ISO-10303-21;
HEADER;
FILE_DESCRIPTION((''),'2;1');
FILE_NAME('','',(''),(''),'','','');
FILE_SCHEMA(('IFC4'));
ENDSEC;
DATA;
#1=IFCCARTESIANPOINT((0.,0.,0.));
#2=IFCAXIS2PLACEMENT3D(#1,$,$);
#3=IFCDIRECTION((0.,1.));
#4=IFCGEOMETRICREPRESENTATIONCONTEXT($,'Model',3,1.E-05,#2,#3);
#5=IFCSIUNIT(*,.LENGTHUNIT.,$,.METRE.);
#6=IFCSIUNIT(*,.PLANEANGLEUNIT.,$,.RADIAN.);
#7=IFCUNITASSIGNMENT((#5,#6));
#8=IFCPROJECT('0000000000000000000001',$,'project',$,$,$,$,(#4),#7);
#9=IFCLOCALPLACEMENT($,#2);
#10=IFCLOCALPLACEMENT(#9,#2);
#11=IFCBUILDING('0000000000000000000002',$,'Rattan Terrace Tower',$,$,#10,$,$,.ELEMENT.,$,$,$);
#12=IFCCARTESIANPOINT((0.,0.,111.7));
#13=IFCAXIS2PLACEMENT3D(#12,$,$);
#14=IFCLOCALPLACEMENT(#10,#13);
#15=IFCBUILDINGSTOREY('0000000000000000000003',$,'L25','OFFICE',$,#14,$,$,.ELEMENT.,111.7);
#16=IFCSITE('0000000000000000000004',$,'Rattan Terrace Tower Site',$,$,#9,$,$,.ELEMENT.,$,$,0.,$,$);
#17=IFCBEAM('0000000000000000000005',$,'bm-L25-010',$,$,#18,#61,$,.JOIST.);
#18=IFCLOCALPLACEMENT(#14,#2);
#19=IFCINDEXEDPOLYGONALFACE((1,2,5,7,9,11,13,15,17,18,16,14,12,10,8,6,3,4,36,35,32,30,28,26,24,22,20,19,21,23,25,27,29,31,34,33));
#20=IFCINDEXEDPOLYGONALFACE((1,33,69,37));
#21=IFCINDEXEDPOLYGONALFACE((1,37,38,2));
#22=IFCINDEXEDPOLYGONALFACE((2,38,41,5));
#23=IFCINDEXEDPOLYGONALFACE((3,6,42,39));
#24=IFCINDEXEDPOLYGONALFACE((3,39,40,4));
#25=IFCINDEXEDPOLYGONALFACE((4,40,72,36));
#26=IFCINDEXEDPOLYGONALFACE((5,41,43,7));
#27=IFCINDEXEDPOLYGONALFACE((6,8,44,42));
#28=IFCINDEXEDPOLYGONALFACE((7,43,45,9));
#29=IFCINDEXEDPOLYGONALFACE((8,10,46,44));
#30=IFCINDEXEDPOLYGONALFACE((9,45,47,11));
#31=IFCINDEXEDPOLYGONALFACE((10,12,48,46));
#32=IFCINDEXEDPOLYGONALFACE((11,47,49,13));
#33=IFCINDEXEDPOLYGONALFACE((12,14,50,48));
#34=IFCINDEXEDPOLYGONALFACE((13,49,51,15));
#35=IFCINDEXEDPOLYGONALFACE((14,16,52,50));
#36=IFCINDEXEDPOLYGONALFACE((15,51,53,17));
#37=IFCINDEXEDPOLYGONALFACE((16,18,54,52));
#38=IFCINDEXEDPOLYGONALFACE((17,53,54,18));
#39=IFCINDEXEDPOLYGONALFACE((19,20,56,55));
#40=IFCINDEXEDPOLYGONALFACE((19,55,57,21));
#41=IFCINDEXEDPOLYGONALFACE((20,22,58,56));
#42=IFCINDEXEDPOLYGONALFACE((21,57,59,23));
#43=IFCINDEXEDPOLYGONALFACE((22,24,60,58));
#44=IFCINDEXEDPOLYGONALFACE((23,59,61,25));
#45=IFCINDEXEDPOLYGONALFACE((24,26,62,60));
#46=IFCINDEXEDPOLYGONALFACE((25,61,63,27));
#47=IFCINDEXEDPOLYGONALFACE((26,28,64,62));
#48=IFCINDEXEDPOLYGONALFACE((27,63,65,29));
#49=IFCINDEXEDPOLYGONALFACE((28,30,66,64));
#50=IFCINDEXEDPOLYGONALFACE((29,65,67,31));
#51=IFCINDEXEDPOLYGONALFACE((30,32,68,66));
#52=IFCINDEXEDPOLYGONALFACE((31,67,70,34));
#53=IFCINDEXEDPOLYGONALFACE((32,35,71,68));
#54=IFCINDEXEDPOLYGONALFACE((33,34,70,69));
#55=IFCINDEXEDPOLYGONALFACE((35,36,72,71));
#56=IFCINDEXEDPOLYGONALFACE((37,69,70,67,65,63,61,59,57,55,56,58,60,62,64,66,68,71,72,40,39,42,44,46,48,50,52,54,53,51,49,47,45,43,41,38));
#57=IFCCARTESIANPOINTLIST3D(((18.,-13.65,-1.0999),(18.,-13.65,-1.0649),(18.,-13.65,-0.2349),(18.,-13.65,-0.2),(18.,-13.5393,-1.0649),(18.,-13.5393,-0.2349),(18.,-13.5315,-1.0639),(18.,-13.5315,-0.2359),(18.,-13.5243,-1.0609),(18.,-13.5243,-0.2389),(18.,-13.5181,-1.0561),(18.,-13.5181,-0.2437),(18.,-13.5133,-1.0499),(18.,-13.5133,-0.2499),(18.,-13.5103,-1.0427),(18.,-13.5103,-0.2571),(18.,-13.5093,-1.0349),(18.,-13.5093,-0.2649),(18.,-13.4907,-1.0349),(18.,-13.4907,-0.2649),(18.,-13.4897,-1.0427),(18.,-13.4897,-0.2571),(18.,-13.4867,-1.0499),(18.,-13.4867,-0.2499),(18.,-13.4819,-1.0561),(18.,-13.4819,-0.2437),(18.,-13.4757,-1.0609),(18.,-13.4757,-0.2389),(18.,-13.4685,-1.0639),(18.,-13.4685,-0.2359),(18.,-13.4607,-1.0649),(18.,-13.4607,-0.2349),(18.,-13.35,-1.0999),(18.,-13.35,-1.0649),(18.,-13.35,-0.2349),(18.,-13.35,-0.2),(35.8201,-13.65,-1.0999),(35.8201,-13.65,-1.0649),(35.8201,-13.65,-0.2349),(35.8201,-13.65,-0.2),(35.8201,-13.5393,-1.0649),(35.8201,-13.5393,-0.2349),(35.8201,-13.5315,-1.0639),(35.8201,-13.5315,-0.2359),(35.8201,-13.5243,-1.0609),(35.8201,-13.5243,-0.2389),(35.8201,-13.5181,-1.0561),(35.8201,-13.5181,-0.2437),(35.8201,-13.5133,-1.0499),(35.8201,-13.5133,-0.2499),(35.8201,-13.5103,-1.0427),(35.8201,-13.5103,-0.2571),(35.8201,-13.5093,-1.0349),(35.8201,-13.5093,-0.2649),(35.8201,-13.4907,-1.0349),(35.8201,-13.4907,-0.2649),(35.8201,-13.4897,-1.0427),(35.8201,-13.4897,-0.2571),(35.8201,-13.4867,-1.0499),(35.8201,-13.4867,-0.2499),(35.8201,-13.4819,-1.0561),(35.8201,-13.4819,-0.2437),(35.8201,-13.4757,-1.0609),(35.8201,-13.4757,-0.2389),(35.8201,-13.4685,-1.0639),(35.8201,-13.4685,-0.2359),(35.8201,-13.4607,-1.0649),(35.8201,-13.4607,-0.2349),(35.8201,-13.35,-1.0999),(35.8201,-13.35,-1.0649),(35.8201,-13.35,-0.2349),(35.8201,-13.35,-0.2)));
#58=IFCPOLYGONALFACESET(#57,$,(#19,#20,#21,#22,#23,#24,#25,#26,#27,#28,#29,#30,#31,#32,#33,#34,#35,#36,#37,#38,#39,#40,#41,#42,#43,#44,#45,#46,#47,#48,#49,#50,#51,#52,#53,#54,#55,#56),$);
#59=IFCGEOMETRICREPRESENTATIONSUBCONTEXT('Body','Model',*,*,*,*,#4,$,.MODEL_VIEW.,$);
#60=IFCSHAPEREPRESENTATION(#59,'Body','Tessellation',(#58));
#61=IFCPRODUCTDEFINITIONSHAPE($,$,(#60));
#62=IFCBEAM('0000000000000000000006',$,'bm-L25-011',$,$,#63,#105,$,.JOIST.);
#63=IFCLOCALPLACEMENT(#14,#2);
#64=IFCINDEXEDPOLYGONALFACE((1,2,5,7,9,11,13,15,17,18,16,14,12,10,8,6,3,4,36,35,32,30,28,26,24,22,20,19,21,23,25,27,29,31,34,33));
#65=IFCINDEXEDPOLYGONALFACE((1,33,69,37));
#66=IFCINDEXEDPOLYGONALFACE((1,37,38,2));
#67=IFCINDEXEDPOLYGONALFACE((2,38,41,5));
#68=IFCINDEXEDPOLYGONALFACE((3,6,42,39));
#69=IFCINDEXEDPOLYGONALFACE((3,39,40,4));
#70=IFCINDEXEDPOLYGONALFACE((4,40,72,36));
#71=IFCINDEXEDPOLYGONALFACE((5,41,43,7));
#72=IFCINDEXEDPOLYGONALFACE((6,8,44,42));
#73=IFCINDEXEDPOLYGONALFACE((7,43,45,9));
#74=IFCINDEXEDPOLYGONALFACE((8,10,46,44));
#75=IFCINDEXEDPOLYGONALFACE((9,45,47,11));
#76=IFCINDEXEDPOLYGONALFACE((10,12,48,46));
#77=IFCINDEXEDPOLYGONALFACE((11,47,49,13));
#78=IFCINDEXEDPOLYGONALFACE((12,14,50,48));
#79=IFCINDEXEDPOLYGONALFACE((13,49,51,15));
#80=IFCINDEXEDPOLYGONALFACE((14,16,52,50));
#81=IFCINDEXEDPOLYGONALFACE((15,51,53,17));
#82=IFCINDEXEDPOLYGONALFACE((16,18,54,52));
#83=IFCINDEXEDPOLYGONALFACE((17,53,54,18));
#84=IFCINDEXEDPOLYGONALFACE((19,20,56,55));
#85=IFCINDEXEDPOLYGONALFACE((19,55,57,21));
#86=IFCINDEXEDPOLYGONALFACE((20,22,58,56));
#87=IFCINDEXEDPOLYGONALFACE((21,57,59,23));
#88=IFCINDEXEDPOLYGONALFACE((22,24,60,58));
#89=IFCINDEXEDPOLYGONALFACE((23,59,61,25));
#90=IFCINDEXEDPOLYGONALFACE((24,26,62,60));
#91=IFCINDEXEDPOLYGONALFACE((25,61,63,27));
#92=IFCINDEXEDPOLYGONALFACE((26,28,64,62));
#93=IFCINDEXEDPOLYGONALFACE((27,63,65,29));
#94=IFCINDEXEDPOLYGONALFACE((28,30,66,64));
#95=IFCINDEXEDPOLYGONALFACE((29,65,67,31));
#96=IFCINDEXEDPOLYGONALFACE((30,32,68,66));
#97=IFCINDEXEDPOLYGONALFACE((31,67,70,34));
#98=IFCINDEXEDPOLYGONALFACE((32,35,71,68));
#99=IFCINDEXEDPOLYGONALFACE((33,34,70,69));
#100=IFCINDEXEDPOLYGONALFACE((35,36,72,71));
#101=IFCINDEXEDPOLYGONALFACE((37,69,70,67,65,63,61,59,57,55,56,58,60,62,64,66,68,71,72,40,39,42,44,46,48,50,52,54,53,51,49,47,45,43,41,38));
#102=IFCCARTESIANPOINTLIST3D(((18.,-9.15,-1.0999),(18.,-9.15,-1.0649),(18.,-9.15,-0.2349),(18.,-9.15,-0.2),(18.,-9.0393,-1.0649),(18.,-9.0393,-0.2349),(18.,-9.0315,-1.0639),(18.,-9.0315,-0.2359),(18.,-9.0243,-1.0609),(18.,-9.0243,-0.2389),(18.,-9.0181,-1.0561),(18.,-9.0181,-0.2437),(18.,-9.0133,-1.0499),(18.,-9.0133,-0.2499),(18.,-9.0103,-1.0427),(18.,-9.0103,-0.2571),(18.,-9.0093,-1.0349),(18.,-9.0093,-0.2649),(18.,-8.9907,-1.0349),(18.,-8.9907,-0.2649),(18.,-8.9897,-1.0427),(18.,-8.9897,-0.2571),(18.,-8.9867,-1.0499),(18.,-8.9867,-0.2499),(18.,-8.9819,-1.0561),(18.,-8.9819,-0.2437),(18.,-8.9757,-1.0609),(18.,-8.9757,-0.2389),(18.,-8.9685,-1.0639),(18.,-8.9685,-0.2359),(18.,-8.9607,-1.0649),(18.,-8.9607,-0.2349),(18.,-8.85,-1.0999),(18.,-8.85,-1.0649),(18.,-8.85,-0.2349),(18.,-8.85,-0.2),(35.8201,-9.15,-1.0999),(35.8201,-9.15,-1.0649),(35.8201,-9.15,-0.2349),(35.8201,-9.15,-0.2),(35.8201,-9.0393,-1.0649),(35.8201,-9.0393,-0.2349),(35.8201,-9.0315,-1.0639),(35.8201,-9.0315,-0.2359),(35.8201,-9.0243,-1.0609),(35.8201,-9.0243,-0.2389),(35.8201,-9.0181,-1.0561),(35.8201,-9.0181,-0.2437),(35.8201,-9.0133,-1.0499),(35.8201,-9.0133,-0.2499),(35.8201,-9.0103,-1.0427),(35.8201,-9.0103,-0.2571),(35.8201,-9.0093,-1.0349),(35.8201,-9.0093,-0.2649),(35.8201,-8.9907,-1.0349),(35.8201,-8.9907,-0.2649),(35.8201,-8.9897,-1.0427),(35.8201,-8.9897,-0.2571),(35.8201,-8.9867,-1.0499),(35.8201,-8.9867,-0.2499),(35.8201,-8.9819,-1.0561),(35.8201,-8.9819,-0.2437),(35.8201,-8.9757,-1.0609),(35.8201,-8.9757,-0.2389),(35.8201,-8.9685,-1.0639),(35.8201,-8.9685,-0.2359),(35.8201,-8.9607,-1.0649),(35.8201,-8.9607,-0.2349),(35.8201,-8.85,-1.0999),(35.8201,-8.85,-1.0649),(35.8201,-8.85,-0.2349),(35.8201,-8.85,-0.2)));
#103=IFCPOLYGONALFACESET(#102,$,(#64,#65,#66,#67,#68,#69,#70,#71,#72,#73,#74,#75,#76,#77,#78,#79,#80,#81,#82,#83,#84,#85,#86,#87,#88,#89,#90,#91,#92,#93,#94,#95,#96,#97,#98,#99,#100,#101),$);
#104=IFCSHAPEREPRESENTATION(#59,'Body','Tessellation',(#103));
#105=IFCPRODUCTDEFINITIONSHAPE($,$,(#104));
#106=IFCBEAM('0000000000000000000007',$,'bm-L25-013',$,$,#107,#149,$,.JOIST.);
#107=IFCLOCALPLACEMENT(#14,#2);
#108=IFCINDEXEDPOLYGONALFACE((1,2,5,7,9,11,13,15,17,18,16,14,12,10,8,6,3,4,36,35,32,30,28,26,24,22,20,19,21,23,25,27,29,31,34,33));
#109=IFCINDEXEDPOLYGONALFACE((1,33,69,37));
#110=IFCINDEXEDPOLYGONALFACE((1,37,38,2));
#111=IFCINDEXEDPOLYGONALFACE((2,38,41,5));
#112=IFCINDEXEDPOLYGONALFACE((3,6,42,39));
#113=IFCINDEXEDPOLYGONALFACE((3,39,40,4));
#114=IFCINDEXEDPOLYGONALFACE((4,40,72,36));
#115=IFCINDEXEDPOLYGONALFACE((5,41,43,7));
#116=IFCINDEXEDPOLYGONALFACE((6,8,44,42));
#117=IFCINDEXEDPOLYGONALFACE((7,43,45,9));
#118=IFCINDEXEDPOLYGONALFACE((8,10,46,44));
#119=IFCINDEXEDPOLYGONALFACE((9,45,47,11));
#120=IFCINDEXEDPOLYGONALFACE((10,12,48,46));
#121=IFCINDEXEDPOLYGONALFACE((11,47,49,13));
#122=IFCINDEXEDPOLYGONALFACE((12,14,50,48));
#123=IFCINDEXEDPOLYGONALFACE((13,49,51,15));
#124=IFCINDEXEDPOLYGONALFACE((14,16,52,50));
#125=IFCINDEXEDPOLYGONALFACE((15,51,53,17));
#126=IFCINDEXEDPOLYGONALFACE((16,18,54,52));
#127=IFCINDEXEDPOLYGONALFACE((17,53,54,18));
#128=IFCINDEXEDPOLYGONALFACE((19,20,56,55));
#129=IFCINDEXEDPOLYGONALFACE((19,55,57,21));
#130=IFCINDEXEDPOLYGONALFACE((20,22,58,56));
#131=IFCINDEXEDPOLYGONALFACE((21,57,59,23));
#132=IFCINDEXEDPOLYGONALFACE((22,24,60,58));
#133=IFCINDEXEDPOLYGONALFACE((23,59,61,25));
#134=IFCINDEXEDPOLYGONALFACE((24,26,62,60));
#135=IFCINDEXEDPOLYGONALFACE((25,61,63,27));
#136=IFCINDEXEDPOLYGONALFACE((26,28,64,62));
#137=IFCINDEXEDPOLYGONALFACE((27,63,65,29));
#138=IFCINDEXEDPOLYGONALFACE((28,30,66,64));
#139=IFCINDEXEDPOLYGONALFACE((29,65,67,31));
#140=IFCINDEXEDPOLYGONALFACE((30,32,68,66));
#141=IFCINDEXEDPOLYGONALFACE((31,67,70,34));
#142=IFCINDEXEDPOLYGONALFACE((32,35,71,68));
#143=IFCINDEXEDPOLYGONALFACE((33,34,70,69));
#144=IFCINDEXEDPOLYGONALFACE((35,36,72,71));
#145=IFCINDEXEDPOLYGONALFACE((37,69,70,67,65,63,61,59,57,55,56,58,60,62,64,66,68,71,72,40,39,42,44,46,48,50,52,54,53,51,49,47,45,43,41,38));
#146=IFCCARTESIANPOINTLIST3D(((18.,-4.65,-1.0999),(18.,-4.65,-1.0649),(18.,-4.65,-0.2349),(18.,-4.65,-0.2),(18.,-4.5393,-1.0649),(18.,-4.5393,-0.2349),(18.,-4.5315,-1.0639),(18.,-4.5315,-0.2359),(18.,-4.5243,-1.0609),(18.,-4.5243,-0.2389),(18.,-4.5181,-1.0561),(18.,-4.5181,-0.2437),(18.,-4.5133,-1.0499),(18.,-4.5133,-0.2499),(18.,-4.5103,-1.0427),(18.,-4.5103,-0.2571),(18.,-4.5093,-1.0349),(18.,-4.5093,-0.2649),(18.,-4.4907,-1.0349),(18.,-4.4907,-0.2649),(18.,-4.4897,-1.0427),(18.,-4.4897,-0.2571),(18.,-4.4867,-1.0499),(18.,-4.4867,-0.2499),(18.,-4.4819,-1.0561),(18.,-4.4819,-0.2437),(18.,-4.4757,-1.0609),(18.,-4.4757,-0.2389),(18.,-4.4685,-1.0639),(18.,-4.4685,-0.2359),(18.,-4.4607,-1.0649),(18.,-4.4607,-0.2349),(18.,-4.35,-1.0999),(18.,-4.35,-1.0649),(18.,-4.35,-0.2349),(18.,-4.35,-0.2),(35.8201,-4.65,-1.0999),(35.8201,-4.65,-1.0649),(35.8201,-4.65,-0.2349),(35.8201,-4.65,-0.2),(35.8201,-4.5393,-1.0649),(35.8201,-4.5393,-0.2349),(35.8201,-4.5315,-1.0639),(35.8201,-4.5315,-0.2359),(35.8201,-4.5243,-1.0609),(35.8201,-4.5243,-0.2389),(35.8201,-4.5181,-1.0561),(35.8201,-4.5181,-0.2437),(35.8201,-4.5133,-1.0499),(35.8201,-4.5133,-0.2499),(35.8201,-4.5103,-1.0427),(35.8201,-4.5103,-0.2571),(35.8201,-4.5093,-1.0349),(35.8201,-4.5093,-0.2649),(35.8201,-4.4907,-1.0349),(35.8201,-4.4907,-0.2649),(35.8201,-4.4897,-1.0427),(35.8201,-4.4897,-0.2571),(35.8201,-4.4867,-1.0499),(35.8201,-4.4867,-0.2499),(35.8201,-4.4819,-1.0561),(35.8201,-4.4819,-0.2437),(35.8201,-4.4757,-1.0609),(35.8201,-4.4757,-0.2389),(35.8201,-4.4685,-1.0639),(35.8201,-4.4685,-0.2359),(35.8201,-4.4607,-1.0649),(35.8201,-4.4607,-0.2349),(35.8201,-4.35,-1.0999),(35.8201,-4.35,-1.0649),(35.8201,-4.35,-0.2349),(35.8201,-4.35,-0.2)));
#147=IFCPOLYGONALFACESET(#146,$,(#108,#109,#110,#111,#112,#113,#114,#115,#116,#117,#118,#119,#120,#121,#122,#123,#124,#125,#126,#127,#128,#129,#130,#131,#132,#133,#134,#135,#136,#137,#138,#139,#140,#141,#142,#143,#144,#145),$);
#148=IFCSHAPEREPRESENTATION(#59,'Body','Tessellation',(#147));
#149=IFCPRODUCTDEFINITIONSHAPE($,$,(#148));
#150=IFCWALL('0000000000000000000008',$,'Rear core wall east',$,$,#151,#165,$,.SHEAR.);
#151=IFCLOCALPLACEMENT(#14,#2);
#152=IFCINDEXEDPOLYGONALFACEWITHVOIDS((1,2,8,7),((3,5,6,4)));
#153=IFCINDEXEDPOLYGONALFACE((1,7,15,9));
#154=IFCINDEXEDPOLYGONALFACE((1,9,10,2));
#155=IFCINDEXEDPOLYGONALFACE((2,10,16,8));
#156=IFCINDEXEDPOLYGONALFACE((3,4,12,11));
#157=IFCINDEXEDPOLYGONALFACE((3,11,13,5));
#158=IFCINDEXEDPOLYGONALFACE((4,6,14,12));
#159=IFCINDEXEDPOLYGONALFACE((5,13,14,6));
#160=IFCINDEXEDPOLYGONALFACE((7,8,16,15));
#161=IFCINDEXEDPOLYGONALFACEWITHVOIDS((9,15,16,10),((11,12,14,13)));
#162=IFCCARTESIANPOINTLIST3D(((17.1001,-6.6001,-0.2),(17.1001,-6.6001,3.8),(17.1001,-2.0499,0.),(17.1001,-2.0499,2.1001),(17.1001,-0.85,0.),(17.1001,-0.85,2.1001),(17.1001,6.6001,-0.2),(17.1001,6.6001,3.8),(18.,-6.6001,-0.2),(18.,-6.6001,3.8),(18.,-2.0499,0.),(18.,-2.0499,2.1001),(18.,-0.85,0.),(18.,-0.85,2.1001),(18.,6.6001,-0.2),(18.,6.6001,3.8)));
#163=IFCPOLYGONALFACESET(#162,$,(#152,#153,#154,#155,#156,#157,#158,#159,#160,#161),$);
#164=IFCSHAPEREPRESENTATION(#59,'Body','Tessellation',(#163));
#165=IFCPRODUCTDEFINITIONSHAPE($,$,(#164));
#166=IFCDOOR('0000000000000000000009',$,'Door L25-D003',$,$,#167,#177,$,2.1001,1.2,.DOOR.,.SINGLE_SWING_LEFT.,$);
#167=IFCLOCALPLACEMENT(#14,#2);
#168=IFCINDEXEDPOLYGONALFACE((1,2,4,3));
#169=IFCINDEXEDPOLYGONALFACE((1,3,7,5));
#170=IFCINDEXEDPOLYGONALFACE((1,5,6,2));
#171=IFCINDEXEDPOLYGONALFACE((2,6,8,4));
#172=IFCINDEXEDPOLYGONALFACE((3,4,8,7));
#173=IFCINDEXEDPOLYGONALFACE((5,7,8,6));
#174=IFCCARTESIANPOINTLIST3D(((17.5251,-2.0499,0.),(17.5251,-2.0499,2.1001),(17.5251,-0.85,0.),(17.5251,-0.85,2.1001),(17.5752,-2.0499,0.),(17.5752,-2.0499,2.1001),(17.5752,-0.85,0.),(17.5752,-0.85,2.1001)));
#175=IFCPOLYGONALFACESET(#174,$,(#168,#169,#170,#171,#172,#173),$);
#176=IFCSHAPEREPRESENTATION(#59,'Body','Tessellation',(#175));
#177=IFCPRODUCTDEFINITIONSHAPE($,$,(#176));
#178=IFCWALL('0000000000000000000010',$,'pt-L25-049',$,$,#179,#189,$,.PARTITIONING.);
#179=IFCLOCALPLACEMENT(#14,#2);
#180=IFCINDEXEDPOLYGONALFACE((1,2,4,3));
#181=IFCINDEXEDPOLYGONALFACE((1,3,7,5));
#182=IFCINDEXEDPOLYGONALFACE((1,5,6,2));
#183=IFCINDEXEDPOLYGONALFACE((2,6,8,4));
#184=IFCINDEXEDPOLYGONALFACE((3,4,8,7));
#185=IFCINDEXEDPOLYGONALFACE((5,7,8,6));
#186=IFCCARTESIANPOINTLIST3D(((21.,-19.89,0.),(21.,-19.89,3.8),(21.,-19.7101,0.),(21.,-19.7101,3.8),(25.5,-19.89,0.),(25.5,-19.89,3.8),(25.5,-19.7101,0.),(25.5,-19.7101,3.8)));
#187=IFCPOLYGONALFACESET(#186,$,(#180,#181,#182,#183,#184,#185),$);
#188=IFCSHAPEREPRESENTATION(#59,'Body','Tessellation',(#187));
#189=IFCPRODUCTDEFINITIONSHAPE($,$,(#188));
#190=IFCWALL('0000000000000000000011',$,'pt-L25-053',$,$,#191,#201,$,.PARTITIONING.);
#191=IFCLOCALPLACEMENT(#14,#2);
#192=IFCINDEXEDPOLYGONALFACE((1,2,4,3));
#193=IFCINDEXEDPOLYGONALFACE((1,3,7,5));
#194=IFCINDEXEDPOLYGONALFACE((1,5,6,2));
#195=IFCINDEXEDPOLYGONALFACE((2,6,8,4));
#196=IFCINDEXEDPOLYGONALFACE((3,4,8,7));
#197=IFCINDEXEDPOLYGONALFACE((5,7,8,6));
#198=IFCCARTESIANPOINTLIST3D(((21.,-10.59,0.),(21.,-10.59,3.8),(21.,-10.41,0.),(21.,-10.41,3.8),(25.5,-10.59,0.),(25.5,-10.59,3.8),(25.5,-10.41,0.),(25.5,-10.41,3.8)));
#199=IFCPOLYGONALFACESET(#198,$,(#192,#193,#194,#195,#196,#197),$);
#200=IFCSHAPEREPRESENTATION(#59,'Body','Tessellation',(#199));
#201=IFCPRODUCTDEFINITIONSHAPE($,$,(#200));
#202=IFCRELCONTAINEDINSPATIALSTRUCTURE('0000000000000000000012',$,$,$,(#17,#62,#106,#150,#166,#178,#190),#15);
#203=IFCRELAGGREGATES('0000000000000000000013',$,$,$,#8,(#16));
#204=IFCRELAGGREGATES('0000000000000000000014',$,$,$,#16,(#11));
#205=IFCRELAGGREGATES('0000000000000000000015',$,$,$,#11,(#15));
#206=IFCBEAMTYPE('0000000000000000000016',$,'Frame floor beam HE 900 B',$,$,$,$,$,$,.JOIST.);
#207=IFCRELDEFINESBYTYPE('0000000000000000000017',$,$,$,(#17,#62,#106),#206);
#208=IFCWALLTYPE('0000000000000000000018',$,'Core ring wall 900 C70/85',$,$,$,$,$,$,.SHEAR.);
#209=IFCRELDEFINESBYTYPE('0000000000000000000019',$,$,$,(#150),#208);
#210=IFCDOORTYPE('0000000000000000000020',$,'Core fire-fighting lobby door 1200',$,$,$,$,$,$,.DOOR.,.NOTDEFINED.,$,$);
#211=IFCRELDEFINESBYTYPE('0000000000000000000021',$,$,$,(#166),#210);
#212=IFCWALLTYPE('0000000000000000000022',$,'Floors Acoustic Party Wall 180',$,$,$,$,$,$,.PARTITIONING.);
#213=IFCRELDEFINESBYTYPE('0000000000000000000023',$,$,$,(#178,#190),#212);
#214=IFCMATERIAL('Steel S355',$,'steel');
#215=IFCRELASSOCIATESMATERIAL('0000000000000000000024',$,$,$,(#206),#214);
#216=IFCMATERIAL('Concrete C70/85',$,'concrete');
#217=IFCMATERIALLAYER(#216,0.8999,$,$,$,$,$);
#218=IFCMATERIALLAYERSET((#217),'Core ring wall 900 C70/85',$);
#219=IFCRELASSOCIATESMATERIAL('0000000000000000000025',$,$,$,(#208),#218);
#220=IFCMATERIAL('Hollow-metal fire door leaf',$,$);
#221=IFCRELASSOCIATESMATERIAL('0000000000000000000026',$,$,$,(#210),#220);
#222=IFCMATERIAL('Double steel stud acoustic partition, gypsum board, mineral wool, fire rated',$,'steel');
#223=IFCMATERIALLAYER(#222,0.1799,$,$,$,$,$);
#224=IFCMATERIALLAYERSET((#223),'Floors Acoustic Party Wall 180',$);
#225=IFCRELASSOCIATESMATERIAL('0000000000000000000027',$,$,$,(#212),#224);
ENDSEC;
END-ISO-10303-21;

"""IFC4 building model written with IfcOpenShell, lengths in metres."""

from ifc_helpers import new_model, si_unit, direction, frame, frame_2d, origin, origin_2d, place, context, subcontext, project, spatial, rectangle, i_section, extrude, material, layer, layer_set, material_profile, profile_set, type_object, element, fill, save


model = new_model("IFC4")

# Units and contexts
model_context = context("Model", 3, precision=1e-05, world=origin(), true_north=direction((0.0, 1.0)))
body_context = subcontext(model_context, "Body", "Model", "MODEL_VIEW")
ifc_project = project(units=[si_unit("LENGTHUNIT", "METRE"), si_unit("PLANEANGLEUNIT", "RADIAN")], contexts=[model_context])

# Site, building, storey
site_placement = place(None, origin())
site = spatial("IfcSite", under=ifc_project, at=site_placement, Name="Rattan Terrace Tower Site", CompositionType="ELEMENT", RefElevation=0.0)
building_placement = place(site_placement, origin())
building = spatial("IfcBuilding", under=site, at=building_placement, Name="Rattan Terrace Tower", CompositionType="ELEMENT")
storey_placement = place(building_placement, frame((0.0, 0.0, 111.7)))
storey = spatial("IfcBuildingStorey", under=building, at=storey_placement, Name="L25", Description="OFFICE", CompositionType="ELEMENT", Elevation=111.7)

# Beams
ifc_material_1 = material(Name="Steel S355", Category="steel")
ifc_material_profile = material_profile(ifc_material_1, i_section(OverallWidth=0.3, OverallDepth=0.8999, WebThickness=0.0186, FlangeThickness=0.0349, FilletRadius=0.03, at=origin_2d()), Name="HE 900 B")
ifc_profile_set = profile_set([ifc_material_profile], Name="Steel S355")
beam_type = type_object("IfcBeamType", Name="Frame floor beam HE 900 B", PredefinedType="JOIST", material=ifc_profile_set)
for number, where, z_axis, x_axis, name in (
    (1, (18.0, -13.5, -0.6499), (1.0, 0.0, 0.0), (0.0, 1.0, 0.0), "bm-L25-010"),
    (2, (18.0, -9.0, -0.6499), (1.0, 0.0, 0.0), (0.0, 1.0, 0.0), "bm-L25-011"),
    (3, (18.0, -4.5, -0.6499), (1.0, 0.0, 0.0), (0.0, 1.0, 0.0), "bm-L25-013"),
):
    element("IfcBeam", number, at=place(storey_placement, frame(where, z_axis=z_axis, x_axis=x_axis)), inside=storey, type_object=beam_type, Name=name, PredefinedType="JOIST", context=body_context, shape_type="SweptSolid", body=[
        extrude(i_section(OverallWidth=0.3, OverallDepth=0.8999, WebThickness=0.0186, FlangeThickness=0.0349, FilletRadius=0.03, at=origin_2d()), origin(), (0.0, 0.0, 1.0), 17.8201),
    ])

# Wall, opening, door
ifc_material_2 = material(Name="Concrete C70/85", Category="concrete")
ifc_layer_1 = layer(ifc_material_2, 0.8999)
ifc_layer_set_1 = layer_set([ifc_layer_1], Name="Core ring wall 900 C70/85")
wall_type_1 = type_object("IfcWallType", Name="Core ring wall 900 C70/85", PredefinedType="SHEAR", material=ifc_layer_set_1)
wall_1_placement = place(storey_placement, frame((17.55, -6.6001, -0.2), z_axis=(0.0, 0.0, 1.0), x_axis=(0.0, 1.0, 0.0)))
wall_1 = element("IfcWall", 4, at=wall_1_placement, inside=storey, type_object=wall_type_1, Name="Rear core wall east", PredefinedType="SHEAR", context=body_context, shape_type="SweptSolid", body=[
    extrude(rectangle(XDim=13.2002, YDim=0.8999, at=frame_2d((6.6001, 0.0))), origin(), (0.0, 0.0, 1.0), 4.0),
])
opening_1_placement = place(wall_1_placement, frame((4.55, 0.0, 0.2)))
opening_1 = element("IfcOpeningElement", 5, at=opening_1_placement, cuts=wall_1, PredefinedType="OPENING", context=body_context, shape_type="SweptSolid", body=[
    extrude(rectangle(XDim=1.2, YDim=2.1001, at=frame_2d((0.6001, 1.05))), frame((0.0, 0.4604, 0.0), z_axis=(0.0, -1.0, 0.0), x_axis=(1.0, 0.0, 0.0)), (0.0, 0.0, 1.0), 0.9209),
])
ifc_material_3 = material(Name="Hollow-metal fire door leaf")
door_type_1 = type_object("IfcDoorType", Name="Core fire-fighting lobby door 1200", OperationType="NOTDEFINED", PredefinedType="DOOR", material=ifc_material_3)
door_1_placement = place(opening_1_placement, origin())
door_1 = element("IfcDoor", 6, at=door_1_placement, inside=storey, type_object=door_type_1, Name="Door L25-D003", OperationType="SINGLE_SWING_LEFT", OverallHeight=2.1001, OverallWidth=1.2, PredefinedType="DOOR", context=body_context, shape_type="SweptSolid", body=[
    extrude(rectangle(XDim=1.2, YDim=2.1001, at=frame_2d((0.6001, 1.05))), frame((0.0, 0.0249, 0.0), z_axis=(0.0, -1.0, 0.0), x_axis=(1.0, 0.0, 0.0)), (0.0, 0.0, 1.0), 0.05),
])
fill(opening_1, door_1)

# Walls
ifc_material_4 = material(Name="Double steel stud acoustic partition, gypsum board, mineral wool, fire rated", Category="steel")
ifc_layer_2 = layer(ifc_material_4, 0.1799)
ifc_layer_set_2 = layer_set([ifc_layer_2], Name="Floors Acoustic Party Wall 180")
wall_type_2 = type_object("IfcWallType", Name="Floors Acoustic Party Wall 180", PredefinedType="PARTITIONING", material=ifc_layer_set_2)
for number, where, z_axis, x_axis, name in (
    (7, (21.0, -19.8, 0.0), (0.0, 0.0, 1.0), (1.0, 0.0, 0.0), "pt-L25-049"),
    (8, (21.0, -10.5, 0.0), (0.0, 0.0, 1.0), (1.0, 0.0, 0.0), "pt-L25-053"),
):
    element("IfcWall", number, at=place(storey_placement, frame(where, z_axis=z_axis, x_axis=x_axis)), inside=storey, type_object=wall_type_2, Name=name, PredefinedType="PARTITIONING", context=body_context, shape_type="SweptSolid", body=[
        extrude(rectangle(XDim=4.5, YDim=0.1799, at=frame_2d((2.25, 0.0))), origin(), (0.0, 0.0, 1.0), 3.8),
    ])

save(model, "model.ifc")
